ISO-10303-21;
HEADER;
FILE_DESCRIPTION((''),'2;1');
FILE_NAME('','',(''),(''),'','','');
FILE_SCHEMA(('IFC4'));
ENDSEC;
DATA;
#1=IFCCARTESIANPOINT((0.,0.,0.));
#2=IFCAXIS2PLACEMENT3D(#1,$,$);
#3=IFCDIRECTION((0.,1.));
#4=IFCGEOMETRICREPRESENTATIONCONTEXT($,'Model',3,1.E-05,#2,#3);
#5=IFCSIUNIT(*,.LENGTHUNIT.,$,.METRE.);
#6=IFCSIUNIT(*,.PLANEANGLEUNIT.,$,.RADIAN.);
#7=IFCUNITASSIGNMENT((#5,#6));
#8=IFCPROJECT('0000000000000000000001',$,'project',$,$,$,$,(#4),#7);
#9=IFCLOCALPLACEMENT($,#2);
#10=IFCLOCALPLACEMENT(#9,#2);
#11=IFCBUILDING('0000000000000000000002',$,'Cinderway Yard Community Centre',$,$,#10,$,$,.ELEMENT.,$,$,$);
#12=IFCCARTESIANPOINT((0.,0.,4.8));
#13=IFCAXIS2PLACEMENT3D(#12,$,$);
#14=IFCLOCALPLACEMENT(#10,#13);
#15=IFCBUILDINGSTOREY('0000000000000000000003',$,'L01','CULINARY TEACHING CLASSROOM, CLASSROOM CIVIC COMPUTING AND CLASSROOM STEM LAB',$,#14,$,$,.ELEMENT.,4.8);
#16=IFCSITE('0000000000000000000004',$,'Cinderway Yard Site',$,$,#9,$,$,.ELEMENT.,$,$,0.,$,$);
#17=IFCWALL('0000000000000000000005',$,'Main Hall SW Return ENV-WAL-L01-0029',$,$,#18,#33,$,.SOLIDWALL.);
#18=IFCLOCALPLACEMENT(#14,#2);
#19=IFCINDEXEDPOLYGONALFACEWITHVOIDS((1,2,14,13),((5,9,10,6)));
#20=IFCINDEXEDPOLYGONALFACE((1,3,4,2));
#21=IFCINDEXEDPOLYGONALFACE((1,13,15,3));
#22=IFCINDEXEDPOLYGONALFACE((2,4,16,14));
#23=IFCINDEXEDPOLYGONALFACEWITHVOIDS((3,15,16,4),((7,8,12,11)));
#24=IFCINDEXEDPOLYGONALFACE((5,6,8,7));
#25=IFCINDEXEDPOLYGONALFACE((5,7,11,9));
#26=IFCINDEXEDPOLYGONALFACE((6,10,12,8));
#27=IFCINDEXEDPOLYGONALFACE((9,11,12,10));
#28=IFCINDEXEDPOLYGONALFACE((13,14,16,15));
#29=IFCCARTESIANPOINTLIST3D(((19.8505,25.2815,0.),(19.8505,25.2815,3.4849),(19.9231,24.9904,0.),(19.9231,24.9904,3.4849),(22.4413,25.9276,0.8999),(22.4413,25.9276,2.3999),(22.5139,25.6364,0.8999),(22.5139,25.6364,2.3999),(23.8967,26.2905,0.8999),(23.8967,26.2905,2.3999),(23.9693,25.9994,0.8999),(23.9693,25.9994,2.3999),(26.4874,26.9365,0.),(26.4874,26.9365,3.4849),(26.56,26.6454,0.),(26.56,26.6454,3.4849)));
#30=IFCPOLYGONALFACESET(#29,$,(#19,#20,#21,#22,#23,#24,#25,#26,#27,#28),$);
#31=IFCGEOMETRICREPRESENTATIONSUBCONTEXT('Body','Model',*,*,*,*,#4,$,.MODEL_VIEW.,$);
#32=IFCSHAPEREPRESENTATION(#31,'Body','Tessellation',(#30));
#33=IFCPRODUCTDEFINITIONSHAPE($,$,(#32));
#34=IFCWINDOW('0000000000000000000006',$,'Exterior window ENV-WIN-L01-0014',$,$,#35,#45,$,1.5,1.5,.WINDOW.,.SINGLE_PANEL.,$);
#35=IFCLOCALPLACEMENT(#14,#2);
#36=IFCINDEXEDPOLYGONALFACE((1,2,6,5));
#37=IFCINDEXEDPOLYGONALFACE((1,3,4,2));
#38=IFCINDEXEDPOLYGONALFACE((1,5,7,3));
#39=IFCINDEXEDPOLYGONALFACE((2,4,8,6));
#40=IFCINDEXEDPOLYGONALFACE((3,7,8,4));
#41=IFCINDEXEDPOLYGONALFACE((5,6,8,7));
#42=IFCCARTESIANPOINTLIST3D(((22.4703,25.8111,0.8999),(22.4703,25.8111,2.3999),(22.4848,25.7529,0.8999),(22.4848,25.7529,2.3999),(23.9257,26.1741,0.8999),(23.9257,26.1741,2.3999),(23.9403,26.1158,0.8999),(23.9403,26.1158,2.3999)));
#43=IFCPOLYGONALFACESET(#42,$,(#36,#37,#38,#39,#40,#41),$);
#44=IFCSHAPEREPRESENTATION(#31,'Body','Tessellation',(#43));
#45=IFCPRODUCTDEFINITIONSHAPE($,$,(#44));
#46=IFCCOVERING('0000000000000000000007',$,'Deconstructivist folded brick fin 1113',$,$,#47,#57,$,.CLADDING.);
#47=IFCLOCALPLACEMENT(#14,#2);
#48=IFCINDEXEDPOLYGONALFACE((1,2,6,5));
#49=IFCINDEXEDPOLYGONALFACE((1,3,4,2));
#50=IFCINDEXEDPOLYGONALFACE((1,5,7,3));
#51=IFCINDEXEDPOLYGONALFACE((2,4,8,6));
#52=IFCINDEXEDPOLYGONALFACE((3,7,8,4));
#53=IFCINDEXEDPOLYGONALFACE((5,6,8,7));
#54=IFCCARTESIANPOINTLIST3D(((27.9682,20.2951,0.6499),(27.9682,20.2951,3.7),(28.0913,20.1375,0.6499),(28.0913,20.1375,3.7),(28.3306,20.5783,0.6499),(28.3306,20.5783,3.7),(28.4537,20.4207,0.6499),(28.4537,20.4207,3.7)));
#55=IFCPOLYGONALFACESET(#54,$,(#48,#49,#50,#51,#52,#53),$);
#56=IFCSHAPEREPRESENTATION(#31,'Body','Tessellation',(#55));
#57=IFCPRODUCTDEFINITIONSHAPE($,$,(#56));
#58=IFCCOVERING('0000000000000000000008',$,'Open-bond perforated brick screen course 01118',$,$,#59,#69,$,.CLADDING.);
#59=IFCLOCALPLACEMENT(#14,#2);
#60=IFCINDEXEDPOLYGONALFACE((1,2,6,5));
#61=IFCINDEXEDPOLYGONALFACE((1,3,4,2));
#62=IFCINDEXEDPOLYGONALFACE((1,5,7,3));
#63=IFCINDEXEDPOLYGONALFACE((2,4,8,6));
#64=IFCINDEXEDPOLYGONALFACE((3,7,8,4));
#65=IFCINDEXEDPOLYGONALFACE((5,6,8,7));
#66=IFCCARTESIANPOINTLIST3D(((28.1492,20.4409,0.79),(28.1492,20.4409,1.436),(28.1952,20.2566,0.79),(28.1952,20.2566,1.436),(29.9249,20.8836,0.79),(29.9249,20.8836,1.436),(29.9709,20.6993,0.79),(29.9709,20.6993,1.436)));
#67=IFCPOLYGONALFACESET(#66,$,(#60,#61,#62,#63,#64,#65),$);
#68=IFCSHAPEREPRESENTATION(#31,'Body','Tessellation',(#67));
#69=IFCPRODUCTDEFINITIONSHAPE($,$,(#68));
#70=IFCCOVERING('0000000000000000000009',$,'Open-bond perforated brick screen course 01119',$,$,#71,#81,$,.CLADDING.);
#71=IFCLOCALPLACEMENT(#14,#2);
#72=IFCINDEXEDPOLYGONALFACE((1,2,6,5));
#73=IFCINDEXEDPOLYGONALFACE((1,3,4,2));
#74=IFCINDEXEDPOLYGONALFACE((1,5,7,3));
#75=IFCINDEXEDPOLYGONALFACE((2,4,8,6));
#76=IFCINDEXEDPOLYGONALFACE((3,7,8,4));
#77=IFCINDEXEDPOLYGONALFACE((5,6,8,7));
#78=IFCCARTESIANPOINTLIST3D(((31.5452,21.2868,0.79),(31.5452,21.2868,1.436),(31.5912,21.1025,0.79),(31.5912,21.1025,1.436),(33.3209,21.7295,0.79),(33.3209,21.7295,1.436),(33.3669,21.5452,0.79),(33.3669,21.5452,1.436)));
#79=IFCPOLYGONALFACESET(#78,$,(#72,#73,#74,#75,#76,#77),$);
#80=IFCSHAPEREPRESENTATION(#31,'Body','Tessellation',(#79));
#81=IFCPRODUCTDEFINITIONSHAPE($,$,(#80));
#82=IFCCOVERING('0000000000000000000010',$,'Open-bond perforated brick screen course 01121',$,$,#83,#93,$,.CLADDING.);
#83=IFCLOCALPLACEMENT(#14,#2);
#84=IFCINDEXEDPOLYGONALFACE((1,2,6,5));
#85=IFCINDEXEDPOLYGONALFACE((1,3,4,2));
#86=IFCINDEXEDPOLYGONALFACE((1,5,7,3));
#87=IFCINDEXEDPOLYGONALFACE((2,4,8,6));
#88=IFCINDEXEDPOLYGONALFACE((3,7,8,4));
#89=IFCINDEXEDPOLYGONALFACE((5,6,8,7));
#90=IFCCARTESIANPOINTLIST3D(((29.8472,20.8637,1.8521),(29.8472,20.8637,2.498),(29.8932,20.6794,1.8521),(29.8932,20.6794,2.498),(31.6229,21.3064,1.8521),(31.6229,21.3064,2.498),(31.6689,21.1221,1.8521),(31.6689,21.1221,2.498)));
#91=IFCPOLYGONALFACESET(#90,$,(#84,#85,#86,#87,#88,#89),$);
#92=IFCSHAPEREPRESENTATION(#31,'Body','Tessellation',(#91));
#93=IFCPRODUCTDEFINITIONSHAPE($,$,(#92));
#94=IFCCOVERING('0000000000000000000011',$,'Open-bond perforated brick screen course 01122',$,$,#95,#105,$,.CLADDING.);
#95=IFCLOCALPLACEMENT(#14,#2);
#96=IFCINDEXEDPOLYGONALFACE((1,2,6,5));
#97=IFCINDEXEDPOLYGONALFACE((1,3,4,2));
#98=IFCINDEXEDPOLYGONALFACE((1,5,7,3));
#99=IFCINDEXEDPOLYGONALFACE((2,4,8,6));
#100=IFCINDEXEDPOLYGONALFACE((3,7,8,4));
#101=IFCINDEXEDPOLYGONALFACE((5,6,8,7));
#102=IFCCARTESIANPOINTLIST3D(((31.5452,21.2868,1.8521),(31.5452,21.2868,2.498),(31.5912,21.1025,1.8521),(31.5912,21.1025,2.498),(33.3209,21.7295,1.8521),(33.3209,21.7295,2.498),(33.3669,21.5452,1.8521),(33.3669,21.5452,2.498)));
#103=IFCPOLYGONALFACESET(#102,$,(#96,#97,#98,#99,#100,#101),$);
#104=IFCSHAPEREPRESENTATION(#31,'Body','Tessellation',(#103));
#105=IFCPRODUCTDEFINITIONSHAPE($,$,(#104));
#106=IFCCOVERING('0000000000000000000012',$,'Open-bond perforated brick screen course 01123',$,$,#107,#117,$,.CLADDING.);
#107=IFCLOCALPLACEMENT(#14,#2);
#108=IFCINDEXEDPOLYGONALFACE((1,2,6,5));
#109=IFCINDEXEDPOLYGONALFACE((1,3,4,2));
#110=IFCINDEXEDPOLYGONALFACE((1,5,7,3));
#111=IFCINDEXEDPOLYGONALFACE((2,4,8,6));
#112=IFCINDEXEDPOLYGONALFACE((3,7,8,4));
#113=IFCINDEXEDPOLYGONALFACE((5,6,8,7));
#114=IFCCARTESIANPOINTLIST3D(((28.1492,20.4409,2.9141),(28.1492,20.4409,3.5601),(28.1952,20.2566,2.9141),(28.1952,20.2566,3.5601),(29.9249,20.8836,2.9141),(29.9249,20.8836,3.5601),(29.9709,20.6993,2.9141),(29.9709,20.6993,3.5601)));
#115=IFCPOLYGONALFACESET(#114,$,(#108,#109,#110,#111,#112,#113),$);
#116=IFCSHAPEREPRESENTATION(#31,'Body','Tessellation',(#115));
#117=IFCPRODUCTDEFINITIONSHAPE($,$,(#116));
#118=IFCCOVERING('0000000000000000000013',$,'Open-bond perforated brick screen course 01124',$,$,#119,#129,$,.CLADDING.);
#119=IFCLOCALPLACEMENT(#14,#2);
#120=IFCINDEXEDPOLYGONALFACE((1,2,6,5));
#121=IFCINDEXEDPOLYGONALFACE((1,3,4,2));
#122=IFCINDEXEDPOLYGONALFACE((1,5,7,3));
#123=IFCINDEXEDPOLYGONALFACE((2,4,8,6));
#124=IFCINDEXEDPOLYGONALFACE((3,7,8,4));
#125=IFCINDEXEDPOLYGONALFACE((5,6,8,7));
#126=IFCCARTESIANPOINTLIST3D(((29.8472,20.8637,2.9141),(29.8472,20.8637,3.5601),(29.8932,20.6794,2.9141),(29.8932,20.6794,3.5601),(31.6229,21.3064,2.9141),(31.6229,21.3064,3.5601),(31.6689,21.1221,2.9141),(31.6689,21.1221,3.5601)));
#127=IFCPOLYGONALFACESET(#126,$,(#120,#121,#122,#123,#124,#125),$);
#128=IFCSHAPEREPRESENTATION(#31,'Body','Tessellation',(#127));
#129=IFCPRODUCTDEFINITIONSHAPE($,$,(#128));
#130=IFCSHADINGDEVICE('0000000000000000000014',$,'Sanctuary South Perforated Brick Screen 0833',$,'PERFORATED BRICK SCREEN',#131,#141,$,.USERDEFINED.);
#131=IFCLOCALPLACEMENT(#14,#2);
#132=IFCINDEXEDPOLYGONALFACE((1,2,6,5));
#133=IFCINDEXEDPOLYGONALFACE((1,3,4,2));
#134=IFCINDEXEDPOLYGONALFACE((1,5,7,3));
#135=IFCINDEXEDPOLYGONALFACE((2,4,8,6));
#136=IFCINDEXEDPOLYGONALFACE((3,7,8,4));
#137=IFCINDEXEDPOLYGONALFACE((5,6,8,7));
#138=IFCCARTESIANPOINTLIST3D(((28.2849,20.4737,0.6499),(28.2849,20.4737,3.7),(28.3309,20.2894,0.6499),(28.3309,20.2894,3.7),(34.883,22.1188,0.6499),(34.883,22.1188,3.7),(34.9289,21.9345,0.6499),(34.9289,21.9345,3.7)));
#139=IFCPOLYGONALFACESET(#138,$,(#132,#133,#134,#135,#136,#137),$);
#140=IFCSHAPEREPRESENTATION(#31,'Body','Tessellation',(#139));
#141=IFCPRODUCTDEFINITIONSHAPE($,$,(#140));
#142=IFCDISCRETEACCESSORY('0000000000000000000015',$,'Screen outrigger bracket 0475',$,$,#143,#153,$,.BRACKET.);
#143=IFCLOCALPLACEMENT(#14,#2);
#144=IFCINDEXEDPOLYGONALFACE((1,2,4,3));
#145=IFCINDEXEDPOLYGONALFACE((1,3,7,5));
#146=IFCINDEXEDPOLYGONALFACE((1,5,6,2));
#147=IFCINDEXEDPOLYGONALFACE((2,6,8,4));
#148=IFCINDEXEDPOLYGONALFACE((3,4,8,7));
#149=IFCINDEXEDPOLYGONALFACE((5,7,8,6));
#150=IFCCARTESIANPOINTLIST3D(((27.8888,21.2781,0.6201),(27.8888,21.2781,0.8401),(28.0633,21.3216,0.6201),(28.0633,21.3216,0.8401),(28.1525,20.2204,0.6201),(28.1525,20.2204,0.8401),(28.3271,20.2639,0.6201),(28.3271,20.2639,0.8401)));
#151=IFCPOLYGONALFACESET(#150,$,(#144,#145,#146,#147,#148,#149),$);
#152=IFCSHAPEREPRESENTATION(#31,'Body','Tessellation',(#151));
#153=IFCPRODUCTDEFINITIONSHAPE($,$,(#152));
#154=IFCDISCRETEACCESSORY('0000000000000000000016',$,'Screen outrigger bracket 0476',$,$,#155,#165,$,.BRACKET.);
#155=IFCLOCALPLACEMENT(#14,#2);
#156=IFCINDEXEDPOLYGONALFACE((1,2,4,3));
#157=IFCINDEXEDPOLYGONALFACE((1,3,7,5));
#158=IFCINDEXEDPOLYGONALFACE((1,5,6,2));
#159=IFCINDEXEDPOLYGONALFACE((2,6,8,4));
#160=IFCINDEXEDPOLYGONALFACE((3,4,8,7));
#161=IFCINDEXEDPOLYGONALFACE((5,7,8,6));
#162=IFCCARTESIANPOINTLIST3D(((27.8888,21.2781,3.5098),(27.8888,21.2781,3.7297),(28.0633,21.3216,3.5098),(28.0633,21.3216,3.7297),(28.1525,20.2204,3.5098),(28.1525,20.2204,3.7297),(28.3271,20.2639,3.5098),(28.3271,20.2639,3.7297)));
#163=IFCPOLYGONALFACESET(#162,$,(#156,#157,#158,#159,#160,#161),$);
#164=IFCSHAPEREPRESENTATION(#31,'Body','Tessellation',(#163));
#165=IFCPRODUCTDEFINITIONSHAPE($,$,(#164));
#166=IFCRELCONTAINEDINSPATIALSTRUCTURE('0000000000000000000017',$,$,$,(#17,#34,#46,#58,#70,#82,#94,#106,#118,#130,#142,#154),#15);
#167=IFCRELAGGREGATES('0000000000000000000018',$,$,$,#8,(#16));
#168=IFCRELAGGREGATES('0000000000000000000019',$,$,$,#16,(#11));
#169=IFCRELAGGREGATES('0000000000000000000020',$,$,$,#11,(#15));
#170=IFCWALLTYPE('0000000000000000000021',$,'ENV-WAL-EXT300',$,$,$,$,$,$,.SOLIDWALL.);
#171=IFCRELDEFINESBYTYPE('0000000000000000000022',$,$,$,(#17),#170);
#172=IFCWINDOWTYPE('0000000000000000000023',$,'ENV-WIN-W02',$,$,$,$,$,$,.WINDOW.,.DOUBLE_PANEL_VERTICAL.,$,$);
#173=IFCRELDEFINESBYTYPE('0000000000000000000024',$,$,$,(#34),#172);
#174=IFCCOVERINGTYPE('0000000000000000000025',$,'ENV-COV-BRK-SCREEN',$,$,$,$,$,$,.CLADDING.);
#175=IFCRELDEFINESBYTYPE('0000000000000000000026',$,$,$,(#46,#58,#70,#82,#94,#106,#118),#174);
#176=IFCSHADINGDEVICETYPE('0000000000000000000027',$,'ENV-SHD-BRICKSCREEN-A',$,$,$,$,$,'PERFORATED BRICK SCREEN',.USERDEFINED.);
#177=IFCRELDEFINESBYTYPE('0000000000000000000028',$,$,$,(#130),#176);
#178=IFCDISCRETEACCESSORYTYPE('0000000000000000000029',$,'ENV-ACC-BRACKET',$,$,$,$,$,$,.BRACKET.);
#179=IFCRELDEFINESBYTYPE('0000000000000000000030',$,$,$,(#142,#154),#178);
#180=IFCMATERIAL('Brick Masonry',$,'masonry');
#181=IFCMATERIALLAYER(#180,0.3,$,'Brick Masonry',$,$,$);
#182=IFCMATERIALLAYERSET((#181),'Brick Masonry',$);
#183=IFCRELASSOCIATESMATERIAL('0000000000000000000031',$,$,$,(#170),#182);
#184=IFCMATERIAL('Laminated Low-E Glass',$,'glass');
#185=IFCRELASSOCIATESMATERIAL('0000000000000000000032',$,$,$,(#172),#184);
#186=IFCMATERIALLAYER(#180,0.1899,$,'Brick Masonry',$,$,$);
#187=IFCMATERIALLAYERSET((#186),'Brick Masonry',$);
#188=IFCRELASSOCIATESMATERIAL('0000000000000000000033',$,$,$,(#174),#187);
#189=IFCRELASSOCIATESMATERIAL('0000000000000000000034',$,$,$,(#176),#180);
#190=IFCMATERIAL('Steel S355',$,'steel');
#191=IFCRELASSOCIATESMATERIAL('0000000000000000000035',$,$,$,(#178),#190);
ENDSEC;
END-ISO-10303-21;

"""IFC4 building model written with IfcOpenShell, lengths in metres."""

from ifc_helpers import new_model, si_unit, direction, frame, frame_2d, origin, origin_2d, place, context, subcontext, project, spatial, rectangle, extrude, material, layer, layer_set, type_object, element, fill, save


model = new_model("IFC4")

# Units and contexts
model_context = context("Model", 3, precision=1e-05, world=origin(), true_north=direction((0.0, 1.0)))
body_context = subcontext(model_context, "Body", "Model", "MODEL_VIEW")
ifc_project = project(units=[si_unit("LENGTHUNIT", "METRE"), si_unit("PLANEANGLEUNIT", "RADIAN")], contexts=[model_context])

# Site, building, storey
site_placement = place(None, origin())
site = spatial("IfcSite", under=ifc_project, at=site_placement, Name="Cinderway Yard Site", CompositionType="ELEMENT", RefElevation=0.0)
building_placement = place(site_placement, origin())
building = spatial("IfcBuilding", under=site, at=building_placement, Name="Cinderway Yard Community Centre", CompositionType="ELEMENT")
storey_placement = place(building_placement, frame((0.0, 0.0, 4.8)))
storey = spatial("IfcBuildingStorey", under=building, at=storey_placement, Name="L01", Description="CULINARY TEACHING CLASSROOM, CLASSROOM CIVIC COMPUTING AND CLASSROOM STEM LAB", CompositionType="ELEMENT", Elevation=4.8)

# Shared definitions
ifc_material_1 = material(Name="Steel S355", Category="steel")

# Wall, opening, window
ifc_material_2 = material(Name="Brick Masonry", Category="masonry")
ifc_layer_1 = layer(ifc_material_2, 0.3, Name="Brick Masonry")
ifc_layer_set_1 = layer_set([ifc_layer_1], Name="Brick Masonry")
wall_type = type_object("IfcWallType", Name="ENV-WAL-EXT300", PredefinedType="SOLIDWALL", material=ifc_layer_set_1)
ifc_material_3 = material(Name="Laminated Low-E Glass", Category="glass")
window_type_1 = type_object("IfcWindowType", Name="ENV-WIN-W02", PartitioningType="DOUBLE_PANEL_VERTICAL", PredefinedType="WINDOW", material=ifc_material_3)
wall_1_placement = place(storey_placement, frame((19.887, 25.136, 0.0), z_axis=(0.0, 0.0, 1.0), x_axis=(0.970287, 0.241956, 0.0)))
wall_1 = element("IfcWall", 1, at=wall_1_placement, inside=storey, type_object=wall_type, Name="Main Hall SW Return ENV-WAL-L01-0029", PredefinedType="SOLIDWALL", context=body_context, shape_type="SweptSolid", body=[
    extrude(rectangle(XDim=6.8401, YDim=0.3, at=frame_2d((3.4199, 0.0))), origin(), (0.0, 0.0, 1.0), 3.4849),
])
opening_1_placement = place(wall_1_placement, frame((2.6699, 0.0, 0.8999)))
opening_1 = element("IfcOpeningElement", 2, at=opening_1_placement, cuts=wall_1, PredefinedType="OPENING", context=body_context, shape_type="SweptSolid", body=[
    extrude(rectangle(XDim=1.5, YDim=1.5, at=frame_2d((0.75, 0.75))), frame((0.0, 0.1599, 0.0), z_axis=(0.0, -1.0, 0.0), x_axis=(1.0, 0.0, 0.0)), (0.0, 0.0, 1.0), 0.3201),
])
window_1_placement = place(opening_1_placement, origin())
window_1 = element("IfcWindow", 3, at=window_1_placement, inside=storey, type_object=window_type_1, Name="Exterior window ENV-WIN-L01-0014", OverallHeight=1.5, OverallWidth=1.5, PartitioningType="SINGLE_PANEL", PredefinedType="WINDOW", context=body_context, shape_type="SweptSolid", body=[
    extrude(rectangle(XDim=1.5, YDim=1.5, at=frame_2d((0.75, 0.75))), frame((0.0, 0.03, 0.0), z_axis=(0.0, -1.0, 0.0), x_axis=(1.0, 0.0, 0.0)), (0.0, 0.0, 1.0), 0.0601),
])
fill(opening_1, window_1)

# Coverings
ifc_layer_2 = layer(ifc_material_2, 0.1899, Name="Brick Masonry")
ifc_layer_set_2 = layer_set([ifc_layer_2], Name="Brick Masonry")
covering_type = type_object("IfcCoveringType", Name="ENV-COV-BRK-SCREEN", PredefinedType="CLADDING", material=ifc_layer_set_2)
covering_placement = place(storey_placement, frame((28.2109, 20.3579, 0.6499), z_axis=(0.0, 0.0, 1.0), x_axis=(-0.788011, -0.615661, 0.0)))
element("IfcCovering", 4, at=covering_placement, inside=storey, type_object=covering_type, Name="Deconstructivist folded brick fin 1113", PredefinedType="CLADDING", context=body_context, shape_type="SweptSolid", body=[
    extrude(rectangle(XDim=0.46, YDim=0.2, at=origin_2d()), origin(), (0.0, 0.0, 1.0), 3.05),
])
for number, where, z_axis, x_axis, name in (
    (5, (29.0601, 20.5701, 0.79), (0.0, 0.0, 1.0), (-0.970296, -0.241922, 0.0), "Open-bond perforated brick screen course 01118"),
    (6, (32.4561, 21.416, 0.79), (0.0, 0.0, 1.0), (-0.970296, -0.241922, 0.0), "Open-bond perforated brick screen course 01119"),
    (7, (30.7581, 20.9929, 1.8521), (0.0, 0.0, 1.0), (-0.970296, -0.241922, 0.0), "Open-bond perforated brick screen course 01121"),
    (8, (32.4561, 21.416, 1.8521), (0.0, 0.0, 1.0), (-0.970296, -0.241922, 0.0), "Open-bond perforated brick screen course 01122"),
    (9, (29.0601, 20.5701, 2.9141), (0.0, 0.0, 1.0), (-0.970296, -0.241922, 0.0), "Open-bond perforated brick screen course 01123"),
    (10, (30.7581, 20.9929, 2.9141), (0.0, 0.0, 1.0), (-0.970296, -0.241922, 0.0), "Open-bond perforated brick screen course 01124"),
):
    element("IfcCovering", number, at=place(storey_placement, frame(where, z_axis=z_axis, x_axis=x_axis)), inside=storey, type_object=covering_type, Name=name, PredefinedType="CLADDING", context=body_context, shape_type="SweptSolid", body=[
        extrude(rectangle(XDim=1.8301, YDim=0.1899, at=origin_2d()), origin(), (0.0, 0.0, 1.0), 0.646),
    ])

# Shading device
shading_device_type = type_object("IfcShadingDeviceType", Name="ENV-SHD-BRICKSCREEN-A", ElementType="PERFORATED BRICK SCREEN", PredefinedType="USERDEFINED", material=ifc_material_2)
shading_device_placement = place(storey_placement, frame((31.6069, 21.2041, 0.6499), z_axis=(0.0, 0.0, 1.0), x_axis=(-0.970296, -0.241922, 0.0)))
element("IfcShadingDevice", 11, at=shading_device_placement, inside=storey, type_object=shading_device_type, Name="Sanctuary South Perforated Brick Screen 0833", ObjectType="PERFORATED BRICK SCREEN", PredefinedType="USERDEFINED", context=body_context, shape_type="SweptSolid", body=[
    extrude(rectangle(XDim=6.8, YDim=0.1899, at=origin_2d()), origin(), (0.0, 0.0, 1.0), 3.05),
])

# Discrete accessories
discrete_accessory_type = type_object("IfcDiscreteAccessoryType", Name="ENV-ACC-BRACKET", PredefinedType="BRACKET", material=ifc_material_1)
for number, where, z_axis, x_axis, name in (
    (12, (28.1079, 20.771, 0.6201), (0.0, 0.0, 1.0), (0.241922, -0.970296, 0.0), "Screen outrigger bracket 0475"),
    (13, (28.1079, 20.771, 3.5098), (0.0, 0.0, 1.0), (0.241922, -0.970296, 0.0), "Screen outrigger bracket 0476"),
):
    element("IfcDiscreteAccessory", number, at=place(storey_placement, frame(where, z_axis=z_axis, x_axis=x_axis)), inside=storey, type_object=discrete_accessory_type, Name=name, PredefinedType="BRACKET", context=body_context, shape_type="SweptSolid", body=[
        extrude(rectangle(XDim=1.0901, YDim=0.1799, at=origin_2d()), origin(), (0.0, 0.0, 1.0), 0.22),
    ])

save(model, "model.ifc")
